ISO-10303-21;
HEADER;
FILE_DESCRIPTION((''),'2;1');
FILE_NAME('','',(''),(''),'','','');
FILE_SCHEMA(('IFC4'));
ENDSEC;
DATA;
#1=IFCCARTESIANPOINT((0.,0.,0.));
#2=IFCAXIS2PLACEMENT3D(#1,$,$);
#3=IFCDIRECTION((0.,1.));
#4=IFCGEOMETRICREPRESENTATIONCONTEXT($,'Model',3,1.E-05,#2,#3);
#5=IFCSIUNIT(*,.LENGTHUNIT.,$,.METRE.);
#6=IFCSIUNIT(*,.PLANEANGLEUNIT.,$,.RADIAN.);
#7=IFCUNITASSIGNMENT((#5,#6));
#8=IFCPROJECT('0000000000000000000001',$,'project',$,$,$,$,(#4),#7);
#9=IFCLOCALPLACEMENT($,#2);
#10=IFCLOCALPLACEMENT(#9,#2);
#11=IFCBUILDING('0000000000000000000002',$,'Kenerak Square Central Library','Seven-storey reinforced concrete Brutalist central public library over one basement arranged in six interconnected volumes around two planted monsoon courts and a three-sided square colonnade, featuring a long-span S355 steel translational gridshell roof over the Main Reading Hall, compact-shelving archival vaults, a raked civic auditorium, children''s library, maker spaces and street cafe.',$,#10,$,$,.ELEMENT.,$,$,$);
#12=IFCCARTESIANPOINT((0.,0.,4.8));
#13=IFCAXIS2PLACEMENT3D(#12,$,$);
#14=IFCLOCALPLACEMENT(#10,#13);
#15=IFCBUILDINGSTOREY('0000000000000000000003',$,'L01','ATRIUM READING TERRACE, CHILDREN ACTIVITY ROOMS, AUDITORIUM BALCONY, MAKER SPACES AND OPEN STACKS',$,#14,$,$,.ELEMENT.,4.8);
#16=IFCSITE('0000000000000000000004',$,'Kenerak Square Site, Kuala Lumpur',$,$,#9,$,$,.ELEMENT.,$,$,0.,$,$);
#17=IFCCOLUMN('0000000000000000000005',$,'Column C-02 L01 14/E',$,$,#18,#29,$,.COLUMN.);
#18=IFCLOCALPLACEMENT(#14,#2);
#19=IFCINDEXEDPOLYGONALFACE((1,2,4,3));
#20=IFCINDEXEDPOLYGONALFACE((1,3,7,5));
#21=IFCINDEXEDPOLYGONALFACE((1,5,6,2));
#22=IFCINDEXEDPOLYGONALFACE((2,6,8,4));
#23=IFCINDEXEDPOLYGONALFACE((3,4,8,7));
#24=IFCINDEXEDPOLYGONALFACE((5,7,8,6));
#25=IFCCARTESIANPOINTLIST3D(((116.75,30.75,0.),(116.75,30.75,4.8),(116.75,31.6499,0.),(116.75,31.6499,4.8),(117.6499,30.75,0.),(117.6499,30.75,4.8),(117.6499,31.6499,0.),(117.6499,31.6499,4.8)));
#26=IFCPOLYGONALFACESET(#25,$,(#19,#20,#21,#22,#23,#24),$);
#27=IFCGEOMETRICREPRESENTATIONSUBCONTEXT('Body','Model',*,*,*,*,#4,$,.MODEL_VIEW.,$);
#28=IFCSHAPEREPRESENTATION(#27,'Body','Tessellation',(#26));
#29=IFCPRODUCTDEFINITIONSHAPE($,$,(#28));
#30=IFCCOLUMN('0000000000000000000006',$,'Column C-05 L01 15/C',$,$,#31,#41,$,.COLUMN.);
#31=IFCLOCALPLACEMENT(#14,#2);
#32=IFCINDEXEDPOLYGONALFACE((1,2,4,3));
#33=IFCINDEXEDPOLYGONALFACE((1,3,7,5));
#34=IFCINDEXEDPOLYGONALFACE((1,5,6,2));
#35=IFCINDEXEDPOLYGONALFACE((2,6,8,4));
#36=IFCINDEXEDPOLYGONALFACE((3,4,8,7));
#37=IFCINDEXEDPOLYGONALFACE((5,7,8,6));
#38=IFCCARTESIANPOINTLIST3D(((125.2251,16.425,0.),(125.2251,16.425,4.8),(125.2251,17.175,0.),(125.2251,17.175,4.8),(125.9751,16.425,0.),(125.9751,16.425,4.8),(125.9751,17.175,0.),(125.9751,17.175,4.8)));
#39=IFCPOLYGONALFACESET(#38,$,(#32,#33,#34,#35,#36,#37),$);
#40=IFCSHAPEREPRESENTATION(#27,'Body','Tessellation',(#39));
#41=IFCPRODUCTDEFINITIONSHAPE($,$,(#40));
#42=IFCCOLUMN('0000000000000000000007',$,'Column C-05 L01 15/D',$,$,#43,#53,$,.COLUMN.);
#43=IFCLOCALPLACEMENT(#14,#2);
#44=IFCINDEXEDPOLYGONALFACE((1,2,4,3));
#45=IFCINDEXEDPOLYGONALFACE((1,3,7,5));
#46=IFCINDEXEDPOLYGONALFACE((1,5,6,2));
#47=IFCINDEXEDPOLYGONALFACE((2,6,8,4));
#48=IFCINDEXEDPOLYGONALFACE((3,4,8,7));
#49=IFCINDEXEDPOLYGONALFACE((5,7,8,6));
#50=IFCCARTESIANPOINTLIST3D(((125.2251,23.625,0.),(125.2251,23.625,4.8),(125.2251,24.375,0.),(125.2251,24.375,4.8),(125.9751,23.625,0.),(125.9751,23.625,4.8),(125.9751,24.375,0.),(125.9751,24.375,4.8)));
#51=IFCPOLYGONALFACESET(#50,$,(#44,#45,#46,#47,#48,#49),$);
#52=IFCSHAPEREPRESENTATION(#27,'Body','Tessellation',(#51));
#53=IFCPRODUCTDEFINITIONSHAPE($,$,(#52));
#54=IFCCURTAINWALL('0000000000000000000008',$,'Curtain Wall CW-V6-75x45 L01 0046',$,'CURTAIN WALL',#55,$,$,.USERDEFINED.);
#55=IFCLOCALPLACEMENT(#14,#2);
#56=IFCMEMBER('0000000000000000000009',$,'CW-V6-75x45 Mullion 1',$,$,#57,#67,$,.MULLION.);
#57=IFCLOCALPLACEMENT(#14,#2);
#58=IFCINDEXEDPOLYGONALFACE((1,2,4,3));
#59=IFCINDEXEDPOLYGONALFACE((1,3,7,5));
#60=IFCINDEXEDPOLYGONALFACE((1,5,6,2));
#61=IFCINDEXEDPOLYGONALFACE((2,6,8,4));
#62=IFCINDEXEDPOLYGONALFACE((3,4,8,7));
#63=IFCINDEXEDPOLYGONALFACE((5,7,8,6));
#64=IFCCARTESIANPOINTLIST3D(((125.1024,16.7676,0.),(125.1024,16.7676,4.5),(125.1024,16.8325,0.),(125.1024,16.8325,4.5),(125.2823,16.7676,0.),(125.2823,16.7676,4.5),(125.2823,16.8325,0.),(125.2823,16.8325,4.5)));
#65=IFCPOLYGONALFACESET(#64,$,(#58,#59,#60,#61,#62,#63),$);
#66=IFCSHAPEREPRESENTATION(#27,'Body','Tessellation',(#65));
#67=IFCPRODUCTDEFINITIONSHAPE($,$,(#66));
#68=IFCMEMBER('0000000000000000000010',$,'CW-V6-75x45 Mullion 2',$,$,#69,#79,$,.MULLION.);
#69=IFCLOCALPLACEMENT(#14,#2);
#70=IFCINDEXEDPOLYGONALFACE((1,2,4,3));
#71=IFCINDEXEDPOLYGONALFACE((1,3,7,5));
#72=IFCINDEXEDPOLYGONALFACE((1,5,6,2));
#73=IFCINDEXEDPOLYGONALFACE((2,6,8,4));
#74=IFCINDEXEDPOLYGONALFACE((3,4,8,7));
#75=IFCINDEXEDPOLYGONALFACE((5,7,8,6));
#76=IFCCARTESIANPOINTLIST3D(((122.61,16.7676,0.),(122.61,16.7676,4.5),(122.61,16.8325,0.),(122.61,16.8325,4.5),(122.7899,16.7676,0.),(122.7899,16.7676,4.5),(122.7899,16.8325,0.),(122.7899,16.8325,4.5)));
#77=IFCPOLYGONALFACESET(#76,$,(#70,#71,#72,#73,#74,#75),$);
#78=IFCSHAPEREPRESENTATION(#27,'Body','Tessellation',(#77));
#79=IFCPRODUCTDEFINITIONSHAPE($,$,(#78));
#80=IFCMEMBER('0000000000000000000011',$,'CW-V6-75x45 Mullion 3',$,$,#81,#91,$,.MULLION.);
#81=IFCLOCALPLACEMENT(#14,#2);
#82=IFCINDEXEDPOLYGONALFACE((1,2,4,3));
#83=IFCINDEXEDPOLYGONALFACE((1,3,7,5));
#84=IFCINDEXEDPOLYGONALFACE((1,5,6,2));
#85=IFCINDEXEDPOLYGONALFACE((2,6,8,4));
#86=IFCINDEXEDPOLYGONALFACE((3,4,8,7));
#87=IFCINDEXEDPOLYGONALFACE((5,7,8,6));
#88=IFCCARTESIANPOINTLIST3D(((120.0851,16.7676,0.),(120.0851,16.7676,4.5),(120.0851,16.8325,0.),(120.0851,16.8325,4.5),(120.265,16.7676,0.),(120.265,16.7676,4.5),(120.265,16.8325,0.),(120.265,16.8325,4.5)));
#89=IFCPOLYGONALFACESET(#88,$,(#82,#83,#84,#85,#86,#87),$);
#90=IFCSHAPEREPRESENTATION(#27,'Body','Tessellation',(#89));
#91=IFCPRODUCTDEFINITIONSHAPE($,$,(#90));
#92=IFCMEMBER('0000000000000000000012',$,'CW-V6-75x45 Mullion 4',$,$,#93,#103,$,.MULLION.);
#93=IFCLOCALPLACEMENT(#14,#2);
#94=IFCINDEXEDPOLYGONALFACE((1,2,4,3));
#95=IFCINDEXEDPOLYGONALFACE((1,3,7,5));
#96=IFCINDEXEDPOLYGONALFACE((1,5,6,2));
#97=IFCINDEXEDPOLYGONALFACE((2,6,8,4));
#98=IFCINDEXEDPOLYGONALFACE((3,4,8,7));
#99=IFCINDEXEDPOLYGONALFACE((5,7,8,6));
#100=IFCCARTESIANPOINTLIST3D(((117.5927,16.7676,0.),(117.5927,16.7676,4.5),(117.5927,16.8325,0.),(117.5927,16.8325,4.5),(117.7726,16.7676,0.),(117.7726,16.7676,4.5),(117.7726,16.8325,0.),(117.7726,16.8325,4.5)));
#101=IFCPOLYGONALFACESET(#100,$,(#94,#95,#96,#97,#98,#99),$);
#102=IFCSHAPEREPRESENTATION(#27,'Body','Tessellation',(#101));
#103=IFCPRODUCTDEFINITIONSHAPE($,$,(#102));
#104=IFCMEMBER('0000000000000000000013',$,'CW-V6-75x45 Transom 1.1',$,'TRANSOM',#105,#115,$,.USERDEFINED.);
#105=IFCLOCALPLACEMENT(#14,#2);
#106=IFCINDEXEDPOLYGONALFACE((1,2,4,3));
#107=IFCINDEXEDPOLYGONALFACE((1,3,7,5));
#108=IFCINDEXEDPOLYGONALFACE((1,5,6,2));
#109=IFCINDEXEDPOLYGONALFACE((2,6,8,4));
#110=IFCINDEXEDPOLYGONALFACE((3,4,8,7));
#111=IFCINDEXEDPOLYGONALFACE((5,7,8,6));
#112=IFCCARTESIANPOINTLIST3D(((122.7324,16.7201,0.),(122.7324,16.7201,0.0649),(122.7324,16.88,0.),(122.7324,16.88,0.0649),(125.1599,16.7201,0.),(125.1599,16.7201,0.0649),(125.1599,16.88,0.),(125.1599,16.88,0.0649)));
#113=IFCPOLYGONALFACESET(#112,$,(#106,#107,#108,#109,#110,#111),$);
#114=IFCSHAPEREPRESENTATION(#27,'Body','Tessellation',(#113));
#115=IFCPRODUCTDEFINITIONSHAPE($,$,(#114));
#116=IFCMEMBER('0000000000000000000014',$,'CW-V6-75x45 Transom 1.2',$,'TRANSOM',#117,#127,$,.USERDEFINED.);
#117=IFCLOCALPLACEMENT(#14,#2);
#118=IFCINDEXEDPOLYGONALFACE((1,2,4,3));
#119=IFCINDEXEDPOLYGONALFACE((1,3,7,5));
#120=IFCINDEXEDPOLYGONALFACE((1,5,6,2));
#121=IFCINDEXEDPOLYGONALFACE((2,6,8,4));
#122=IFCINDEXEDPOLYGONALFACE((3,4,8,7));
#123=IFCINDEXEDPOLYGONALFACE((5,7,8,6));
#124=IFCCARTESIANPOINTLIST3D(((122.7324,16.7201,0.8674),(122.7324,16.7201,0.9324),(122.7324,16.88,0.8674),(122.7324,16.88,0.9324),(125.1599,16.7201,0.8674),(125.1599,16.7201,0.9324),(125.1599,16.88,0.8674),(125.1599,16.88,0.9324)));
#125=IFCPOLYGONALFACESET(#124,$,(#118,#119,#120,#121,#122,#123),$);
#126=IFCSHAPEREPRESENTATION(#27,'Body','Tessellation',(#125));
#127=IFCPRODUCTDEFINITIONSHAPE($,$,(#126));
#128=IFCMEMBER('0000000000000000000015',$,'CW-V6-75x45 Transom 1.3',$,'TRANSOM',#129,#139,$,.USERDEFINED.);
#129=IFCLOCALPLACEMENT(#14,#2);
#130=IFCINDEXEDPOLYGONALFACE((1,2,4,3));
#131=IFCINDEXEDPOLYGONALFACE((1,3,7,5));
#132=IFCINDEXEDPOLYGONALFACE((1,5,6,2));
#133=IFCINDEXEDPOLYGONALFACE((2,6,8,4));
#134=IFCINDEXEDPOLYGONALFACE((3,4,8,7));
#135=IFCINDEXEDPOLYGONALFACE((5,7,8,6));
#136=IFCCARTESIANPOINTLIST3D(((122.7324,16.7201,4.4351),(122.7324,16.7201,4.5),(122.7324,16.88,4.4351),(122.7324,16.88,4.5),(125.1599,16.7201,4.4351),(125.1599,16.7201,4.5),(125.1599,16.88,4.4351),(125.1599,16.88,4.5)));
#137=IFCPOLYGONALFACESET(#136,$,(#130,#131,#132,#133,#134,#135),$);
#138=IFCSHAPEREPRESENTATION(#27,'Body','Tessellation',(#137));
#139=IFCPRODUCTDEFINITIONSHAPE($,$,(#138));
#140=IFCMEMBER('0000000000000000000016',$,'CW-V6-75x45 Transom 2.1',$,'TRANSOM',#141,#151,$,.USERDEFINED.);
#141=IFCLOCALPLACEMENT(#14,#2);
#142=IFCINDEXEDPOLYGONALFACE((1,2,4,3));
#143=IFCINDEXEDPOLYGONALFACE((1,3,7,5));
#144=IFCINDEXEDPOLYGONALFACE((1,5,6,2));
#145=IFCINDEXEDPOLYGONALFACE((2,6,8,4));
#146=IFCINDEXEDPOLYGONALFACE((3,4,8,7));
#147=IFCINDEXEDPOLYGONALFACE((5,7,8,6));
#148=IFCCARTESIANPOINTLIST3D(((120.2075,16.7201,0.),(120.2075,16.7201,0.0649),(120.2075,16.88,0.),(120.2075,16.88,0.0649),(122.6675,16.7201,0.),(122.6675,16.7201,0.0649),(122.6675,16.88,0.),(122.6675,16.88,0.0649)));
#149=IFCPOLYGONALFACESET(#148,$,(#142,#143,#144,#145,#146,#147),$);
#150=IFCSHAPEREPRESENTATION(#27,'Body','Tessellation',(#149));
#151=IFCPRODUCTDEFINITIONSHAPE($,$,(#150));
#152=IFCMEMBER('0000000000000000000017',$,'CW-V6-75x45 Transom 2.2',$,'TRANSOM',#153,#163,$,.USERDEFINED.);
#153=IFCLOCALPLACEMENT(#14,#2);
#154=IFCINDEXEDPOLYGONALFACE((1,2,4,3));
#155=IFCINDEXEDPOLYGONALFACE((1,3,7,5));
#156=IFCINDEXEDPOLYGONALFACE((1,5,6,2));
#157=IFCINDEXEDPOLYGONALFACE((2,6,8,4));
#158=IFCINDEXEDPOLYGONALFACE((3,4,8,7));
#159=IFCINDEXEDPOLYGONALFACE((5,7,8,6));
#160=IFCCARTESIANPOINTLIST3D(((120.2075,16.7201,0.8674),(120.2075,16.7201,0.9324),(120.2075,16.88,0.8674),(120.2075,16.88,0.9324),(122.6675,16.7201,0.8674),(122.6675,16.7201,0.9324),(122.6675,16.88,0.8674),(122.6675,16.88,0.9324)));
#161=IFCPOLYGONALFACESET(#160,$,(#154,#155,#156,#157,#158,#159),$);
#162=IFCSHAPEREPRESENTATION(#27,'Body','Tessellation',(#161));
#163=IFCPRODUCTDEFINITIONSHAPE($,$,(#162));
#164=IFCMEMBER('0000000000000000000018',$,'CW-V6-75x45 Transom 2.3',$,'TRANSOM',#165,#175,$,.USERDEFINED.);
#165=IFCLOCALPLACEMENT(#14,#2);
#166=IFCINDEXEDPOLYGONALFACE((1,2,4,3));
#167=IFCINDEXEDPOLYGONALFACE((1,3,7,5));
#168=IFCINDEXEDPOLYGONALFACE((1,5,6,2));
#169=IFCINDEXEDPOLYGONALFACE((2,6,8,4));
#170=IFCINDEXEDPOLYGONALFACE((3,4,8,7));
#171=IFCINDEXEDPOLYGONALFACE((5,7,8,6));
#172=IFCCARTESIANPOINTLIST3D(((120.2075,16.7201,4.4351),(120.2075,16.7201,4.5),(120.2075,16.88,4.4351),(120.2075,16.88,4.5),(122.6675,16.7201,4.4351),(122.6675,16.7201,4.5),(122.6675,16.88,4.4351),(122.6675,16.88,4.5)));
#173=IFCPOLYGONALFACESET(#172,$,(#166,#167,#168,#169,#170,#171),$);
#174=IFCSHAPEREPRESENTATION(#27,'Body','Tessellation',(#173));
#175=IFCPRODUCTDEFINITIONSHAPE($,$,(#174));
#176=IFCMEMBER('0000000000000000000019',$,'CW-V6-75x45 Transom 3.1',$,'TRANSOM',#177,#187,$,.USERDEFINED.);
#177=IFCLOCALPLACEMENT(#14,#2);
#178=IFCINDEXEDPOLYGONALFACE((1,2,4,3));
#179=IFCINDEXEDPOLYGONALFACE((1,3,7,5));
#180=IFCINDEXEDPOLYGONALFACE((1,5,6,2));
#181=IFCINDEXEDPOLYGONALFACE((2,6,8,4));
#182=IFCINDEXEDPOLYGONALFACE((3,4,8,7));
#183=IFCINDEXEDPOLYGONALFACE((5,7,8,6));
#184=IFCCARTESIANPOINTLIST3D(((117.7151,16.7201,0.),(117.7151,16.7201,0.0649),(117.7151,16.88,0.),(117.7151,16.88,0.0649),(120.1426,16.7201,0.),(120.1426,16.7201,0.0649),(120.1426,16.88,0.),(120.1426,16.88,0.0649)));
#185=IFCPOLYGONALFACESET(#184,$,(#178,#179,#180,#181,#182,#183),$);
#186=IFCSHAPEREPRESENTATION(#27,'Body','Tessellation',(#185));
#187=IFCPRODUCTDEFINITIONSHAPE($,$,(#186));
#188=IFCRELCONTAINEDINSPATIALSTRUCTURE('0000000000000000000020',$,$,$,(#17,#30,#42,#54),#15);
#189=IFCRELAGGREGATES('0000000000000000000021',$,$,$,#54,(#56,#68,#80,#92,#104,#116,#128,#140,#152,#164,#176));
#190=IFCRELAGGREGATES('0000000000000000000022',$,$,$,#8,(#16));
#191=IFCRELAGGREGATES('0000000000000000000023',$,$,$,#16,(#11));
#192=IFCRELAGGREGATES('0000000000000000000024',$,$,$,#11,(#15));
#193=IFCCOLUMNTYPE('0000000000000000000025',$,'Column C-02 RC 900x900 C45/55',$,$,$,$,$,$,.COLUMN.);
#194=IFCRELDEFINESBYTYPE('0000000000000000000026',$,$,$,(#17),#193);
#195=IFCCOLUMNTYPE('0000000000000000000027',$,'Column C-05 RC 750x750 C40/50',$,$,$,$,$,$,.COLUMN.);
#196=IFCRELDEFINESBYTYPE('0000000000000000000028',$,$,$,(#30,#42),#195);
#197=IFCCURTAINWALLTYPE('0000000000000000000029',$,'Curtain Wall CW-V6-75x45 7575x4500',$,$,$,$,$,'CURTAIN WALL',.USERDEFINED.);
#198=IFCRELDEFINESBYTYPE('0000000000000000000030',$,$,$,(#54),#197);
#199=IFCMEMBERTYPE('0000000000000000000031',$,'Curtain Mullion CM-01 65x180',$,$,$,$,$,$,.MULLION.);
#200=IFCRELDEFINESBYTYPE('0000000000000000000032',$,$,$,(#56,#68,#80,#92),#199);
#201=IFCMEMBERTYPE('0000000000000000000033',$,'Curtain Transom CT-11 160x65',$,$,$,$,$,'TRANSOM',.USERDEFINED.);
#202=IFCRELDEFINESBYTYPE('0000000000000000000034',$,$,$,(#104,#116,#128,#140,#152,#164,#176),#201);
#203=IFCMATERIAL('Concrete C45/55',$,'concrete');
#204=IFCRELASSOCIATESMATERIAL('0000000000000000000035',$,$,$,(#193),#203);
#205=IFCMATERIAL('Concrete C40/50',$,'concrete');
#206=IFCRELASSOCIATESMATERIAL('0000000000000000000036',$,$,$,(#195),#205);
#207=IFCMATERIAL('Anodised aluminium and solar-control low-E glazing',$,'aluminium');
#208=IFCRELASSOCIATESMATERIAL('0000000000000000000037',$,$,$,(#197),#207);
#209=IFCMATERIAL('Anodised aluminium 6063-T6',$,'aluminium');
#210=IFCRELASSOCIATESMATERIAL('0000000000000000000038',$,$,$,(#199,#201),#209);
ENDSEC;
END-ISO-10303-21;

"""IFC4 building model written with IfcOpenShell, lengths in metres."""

from ifc_helpers import new_model, si_unit, direction, frame, origin, origin_2d, place, context, subcontext, project, spatial, rectangle, extrude, material, material_profile, profile_set, type_object, element, aggregate, save


model = new_model("IFC4")

# Units and contexts
model_context = context("Model", 3, precision=1e-05, world=origin(), true_north=direction((0.0, 1.0)))
body_context = subcontext(model_context, "Body", "Model", "MODEL_VIEW")
ifc_project = project(units=[si_unit("LENGTHUNIT", "METRE"), si_unit("PLANEANGLEUNIT", "RADIAN")], contexts=[model_context])

# Site, building, storey
site_placement = place(None, origin())
site = spatial("IfcSite", under=ifc_project, at=site_placement, Name="Kenerak Square Site, Kuala Lumpur", CompositionType="ELEMENT", RefElevation=0.0)
building_placement = place(site_placement, origin())
building = spatial("IfcBuilding", under=site, at=building_placement, Name="Kenerak Square Central Library", Description="Seven-storey reinforced concrete Brutalist central public library over one basement arranged in six interconnected volumes around two planted monsoon courts and a three-sided square colonnade, featuring a long-span S355 steel translational gridshell roof over the Main Reading Hall, compact-shelving archival vaults, a raked civic auditorium, children's library, maker spaces and street cafe.", CompositionType="ELEMENT")
storey_placement = place(building_placement, frame((0.0, 0.0, 4.8)))
storey = spatial("IfcBuildingStorey", under=building, at=storey_placement, Name="L01", Description="ATRIUM READING TERRACE, CHILDREN ACTIVITY ROOMS, AUDITORIUM BALCONY, MAKER SPACES AND OPEN STACKS", CompositionType="ELEMENT", Elevation=4.8)

# Columns
ifc_material_1 = material(Name="Concrete C45/55", Category="concrete")
ifc_material_profile_1 = material_profile(ifc_material_1, rectangle(XDim=0.8999, YDim=0.8999, at=origin_2d()), Name="RC 900x900")
ifc_profile_set_1 = profile_set([ifc_material_profile_1], Name="Concrete C45/55")
column_type_1 = type_object("IfcColumnType", Name="Column C-02 RC 900x900 C45/55", PredefinedType="COLUMN", material=ifc_profile_set_1)
column_placement = place(storey_placement, frame((117.2, 31.2, 0.0), z_axis=(0.0, 0.0, 1.0), x_axis=(1.0, 0.0, 0.0)))
element("IfcColumn", 1, at=column_placement, inside=storey, type_object=column_type_1, Name="Column C-02 L01 14/E", PredefinedType="COLUMN", context=body_context, shape_type="SweptSolid", body=[
    extrude(rectangle(XDim=0.8999, YDim=0.8999, at=origin_2d()), origin(), (0.0, 0.0, 1.0), 4.8),
])
ifc_material_2 = material(Name="Concrete C40/50", Category="concrete")
ifc_material_profile_2 = material_profile(ifc_material_2, rectangle(XDim=0.75, YDim=0.75, at=origin_2d()), Name="RC 750x750")
ifc_profile_set_2 = profile_set([ifc_material_profile_2], Name="Concrete C40/50")
column_type_2 = type_object("IfcColumnType", Name="Column C-05 RC 750x750 C40/50", PredefinedType="COLUMN", material=ifc_profile_set_2)
for number, where, z_axis, x_axis, name in (
    (2, (125.6001, 16.8, 0.0), (0.0, 0.0, 1.0), (1.0, 0.0, 0.0), "Column C-05 L01 15/C"),
    (3, (125.6001, 24.0, 0.0), (0.0, 0.0, 1.0), (1.0, 0.0, 0.0), "Column C-05 L01 15/D"),
):
    element("IfcColumn", number, at=place(storey_placement, frame(where, z_axis=z_axis, x_axis=x_axis)), inside=storey, type_object=column_type_2, Name=name, PredefinedType="COLUMN", context=body_context, shape_type="SweptSolid", body=[
        extrude(rectangle(XDim=0.75, YDim=0.75, at=origin_2d()), origin(), (0.0, 0.0, 1.0), 4.8),
    ])

# Curtain wall, members
ifc_material_3 = material(Name="Anodised aluminium and solar-control low-E glazing", Category="aluminium")
curtain_wall_type = type_object("IfcCurtainWallType", Name="Curtain Wall CW-V6-75x45 7575x4500", ElementType="CURTAIN WALL", PredefinedType="USERDEFINED", material=ifc_material_3)
curtain_wall_placement = place(storey_placement, origin())
curtain_wall = element("IfcCurtainWall", 4, at=curtain_wall_placement, inside=storey, type_object=curtain_wall_type, Name="Curtain Wall CW-V6-75x45 L01 0046", ObjectType="CURTAIN WALL", PredefinedType="USERDEFINED")
ifc_material_4 = material(Name="Anodised aluminium 6063-T6", Category="aluminium")
ifc_material_profile_3 = material_profile(ifc_material_4, rectangle(XDim=0.0649, YDim=0.1799, at=origin_2d()), Name="AL MULLION 65x180")
ifc_profile_set_3 = profile_set([ifc_material_profile_3], Name="Anodised aluminium 6063-T6")
member_type_1 = type_object("IfcMemberType", Name="Curtain Mullion CM-01 65x180", PredefinedType="MULLION", material=ifc_profile_set_3)
member_1_placement = place(storey_placement, frame((125.1924, 16.8, 0.0), z_axis=(0.0, 0.0, 1.0), x_axis=(0.0, -1.0, 0.0)))
member_1 = element("IfcMember", 5, at=member_1_placement, type_object=member_type_1, Name="CW-V6-75x45 Mullion 1", PredefinedType="MULLION", context=body_context, shape_type="SweptSolid", body=[
    extrude(rectangle(XDim=0.0649, YDim=0.1799, at=origin_2d()), origin(), (0.0, 0.0, 1.0), 4.5),
])
member_2_placement = place(storey_placement, frame((122.7, 16.8, 0.0), z_axis=(0.0, 0.0, 1.0), x_axis=(0.0, -1.0, 0.0)))
member_2 = element("IfcMember", 6, at=member_2_placement, type_object=member_type_1, Name="CW-V6-75x45 Mullion 2", PredefinedType="MULLION", context=body_context, shape_type="SweptSolid", body=[
    extrude(rectangle(XDim=0.0649, YDim=0.1799, at=origin_2d()), origin(), (0.0, 0.0, 1.0), 4.5),
])
member_3_placement = place(storey_placement, frame((120.175, 16.8, 0.0), z_axis=(0.0, 0.0, 1.0), x_axis=(0.0, -1.0, 0.0)))
member_3 = element("IfcMember", 7, at=member_3_placement, type_object=member_type_1, Name="CW-V6-75x45 Mullion 3", PredefinedType="MULLION", context=body_context, shape_type="SweptSolid", body=[
    extrude(rectangle(XDim=0.0649, YDim=0.1799, at=origin_2d()), origin(), (0.0, 0.0, 1.0), 4.5),
])
member_4_placement = place(storey_placement, frame((117.6826, 16.8, 0.0), z_axis=(0.0, 0.0, 1.0), x_axis=(0.0, -1.0, 0.0)))
member_4 = element("IfcMember", 8, at=member_4_placement, type_object=member_type_1, Name="CW-V6-75x45 Mullion 4", PredefinedType="MULLION", context=body_context, shape_type="SweptSolid", body=[
    extrude(rectangle(XDim=0.0649, YDim=0.1799, at=origin_2d()), origin(), (0.0, 0.0, 1.0), 4.5),
])
ifc_material_profile_4 = material_profile(ifc_material_4, rectangle(XDim=0.1599, YDim=0.0649, at=origin_2d()), Name="AL TRANSOM 160x65")
ifc_profile_set_4 = profile_set([ifc_material_profile_4], Name="Anodised aluminium 6063-T6")
member_type_2 = type_object("IfcMemberType", Name="Curtain Transom CT-11 160x65", ElementType="TRANSOM", PredefinedType="USERDEFINED", material=ifc_profile_set_4)
member_5_placement = place(storey_placement, frame((125.1599, 16.8, 0.0325), z_axis=(-1.0, 0.0, 0.0), x_axis=(0.0, -1.0, 0.0)))
member_5 = element("IfcMember", 9, at=member_5_placement, type_object=member_type_2, Name="CW-V6-75x45 Transom 1.1", ObjectType="TRANSOM", PredefinedType="USERDEFINED", context=body_context, shape_type="SweptSolid", body=[
    extrude(rectangle(XDim=0.1599, YDim=0.0649, at=origin_2d()), origin(), (0.0, 0.0, 1.0), 2.4275),
])
member_6_placement = place(storey_placement, frame((125.1599, 16.8, 0.8999), z_axis=(-1.0, 0.0, 0.0), x_axis=(0.0, -1.0, 0.0)))
member_6 = element("IfcMember", 10, at=member_6_placement, type_object=member_type_2, Name="CW-V6-75x45 Transom 1.2", ObjectType="TRANSOM", PredefinedType="USERDEFINED", context=body_context, shape_type="SweptSolid", body=[
    extrude(rectangle(XDim=0.1599, YDim=0.0649, at=origin_2d()), origin(), (0.0, 0.0, 1.0), 2.4275),
])
member_7_placement = place(storey_placement, frame((125.1599, 16.8, 4.4675), z_axis=(-1.0, 0.0, 0.0), x_axis=(0.0, -1.0, 0.0)))
member_7 = element("IfcMember", 11, at=member_7_placement, type_object=member_type_2, Name="CW-V6-75x45 Transom 1.3", ObjectType="TRANSOM", PredefinedType="USERDEFINED", context=body_context, shape_type="SweptSolid", body=[
    extrude(rectangle(XDim=0.1599, YDim=0.0649, at=origin_2d()), origin(), (0.0, 0.0, 1.0), 2.4275),
])
member_8_placement = place(storey_placement, frame((122.6675, 16.8, 0.0325), z_axis=(-1.0, 0.0, 0.0), x_axis=(0.0, -1.0, 0.0)))
member_8 = element("IfcMember", 12, at=member_8_placement, type_object=member_type_2, Name="CW-V6-75x45 Transom 2.1", ObjectType="TRANSOM", PredefinedType="USERDEFINED", context=body_context, shape_type="SweptSolid", body=[
    extrude(rectangle(XDim=0.1599, YDim=0.0649, at=origin_2d()), origin(), (0.0, 0.0, 1.0), 2.46),
])
member_9_placement = place(storey_placement, frame((122.6675, 16.8, 0.8999), z_axis=(-1.0, 0.0, 0.0), x_axis=(0.0, -1.0, 0.0)))
member_9 = element("IfcMember", 13, at=member_9_placement, type_object=member_type_2, Name="CW-V6-75x45 Transom 2.2", ObjectType="TRANSOM", PredefinedType="USERDEFINED", context=body_context, shape_type="SweptSolid", body=[
    extrude(rectangle(XDim=0.1599, YDim=0.0649, at=origin_2d()), origin(), (0.0, 0.0, 1.0), 2.46),
])
member_10_placement = place(storey_placement, frame((122.6675, 16.8, 4.4675), z_axis=(-1.0, 0.0, 0.0), x_axis=(0.0, -1.0, 0.0)))
member_10 = element("IfcMember", 14, at=member_10_placement, type_object=member_type_2, Name="CW-V6-75x45 Transom 2.3", ObjectType="TRANSOM", PredefinedType="USERDEFINED", context=body_context, shape_type="SweptSolid", body=[
    extrude(rectangle(XDim=0.1599, YDim=0.0649, at=origin_2d()), origin(), (0.0, 0.0, 1.0), 2.46),
])
member_11_placement = place(storey_placement, frame((120.1426, 16.8, 0.0325), z_axis=(-1.0, 0.0, 0.0), x_axis=(0.0, -1.0, 0.0)))
member_11 = element("IfcMember", 15, at=member_11_placement, type_object=member_type_2, Name="CW-V6-75x45 Transom 3.1", ObjectType="TRANSOM", PredefinedType="USERDEFINED", context=body_context, shape_type="SweptSolid", body=[
    extrude(rectangle(XDim=0.1599, YDim=0.0649, at=origin_2d()), origin(), (0.0, 0.0, 1.0), 2.4275),
])

aggregate(curtain_wall, [member_1, member_2, member_3, member_4, member_5, member_6, member_7, member_8, member_9, member_10, member_11])

save(model, "model.ifc")
